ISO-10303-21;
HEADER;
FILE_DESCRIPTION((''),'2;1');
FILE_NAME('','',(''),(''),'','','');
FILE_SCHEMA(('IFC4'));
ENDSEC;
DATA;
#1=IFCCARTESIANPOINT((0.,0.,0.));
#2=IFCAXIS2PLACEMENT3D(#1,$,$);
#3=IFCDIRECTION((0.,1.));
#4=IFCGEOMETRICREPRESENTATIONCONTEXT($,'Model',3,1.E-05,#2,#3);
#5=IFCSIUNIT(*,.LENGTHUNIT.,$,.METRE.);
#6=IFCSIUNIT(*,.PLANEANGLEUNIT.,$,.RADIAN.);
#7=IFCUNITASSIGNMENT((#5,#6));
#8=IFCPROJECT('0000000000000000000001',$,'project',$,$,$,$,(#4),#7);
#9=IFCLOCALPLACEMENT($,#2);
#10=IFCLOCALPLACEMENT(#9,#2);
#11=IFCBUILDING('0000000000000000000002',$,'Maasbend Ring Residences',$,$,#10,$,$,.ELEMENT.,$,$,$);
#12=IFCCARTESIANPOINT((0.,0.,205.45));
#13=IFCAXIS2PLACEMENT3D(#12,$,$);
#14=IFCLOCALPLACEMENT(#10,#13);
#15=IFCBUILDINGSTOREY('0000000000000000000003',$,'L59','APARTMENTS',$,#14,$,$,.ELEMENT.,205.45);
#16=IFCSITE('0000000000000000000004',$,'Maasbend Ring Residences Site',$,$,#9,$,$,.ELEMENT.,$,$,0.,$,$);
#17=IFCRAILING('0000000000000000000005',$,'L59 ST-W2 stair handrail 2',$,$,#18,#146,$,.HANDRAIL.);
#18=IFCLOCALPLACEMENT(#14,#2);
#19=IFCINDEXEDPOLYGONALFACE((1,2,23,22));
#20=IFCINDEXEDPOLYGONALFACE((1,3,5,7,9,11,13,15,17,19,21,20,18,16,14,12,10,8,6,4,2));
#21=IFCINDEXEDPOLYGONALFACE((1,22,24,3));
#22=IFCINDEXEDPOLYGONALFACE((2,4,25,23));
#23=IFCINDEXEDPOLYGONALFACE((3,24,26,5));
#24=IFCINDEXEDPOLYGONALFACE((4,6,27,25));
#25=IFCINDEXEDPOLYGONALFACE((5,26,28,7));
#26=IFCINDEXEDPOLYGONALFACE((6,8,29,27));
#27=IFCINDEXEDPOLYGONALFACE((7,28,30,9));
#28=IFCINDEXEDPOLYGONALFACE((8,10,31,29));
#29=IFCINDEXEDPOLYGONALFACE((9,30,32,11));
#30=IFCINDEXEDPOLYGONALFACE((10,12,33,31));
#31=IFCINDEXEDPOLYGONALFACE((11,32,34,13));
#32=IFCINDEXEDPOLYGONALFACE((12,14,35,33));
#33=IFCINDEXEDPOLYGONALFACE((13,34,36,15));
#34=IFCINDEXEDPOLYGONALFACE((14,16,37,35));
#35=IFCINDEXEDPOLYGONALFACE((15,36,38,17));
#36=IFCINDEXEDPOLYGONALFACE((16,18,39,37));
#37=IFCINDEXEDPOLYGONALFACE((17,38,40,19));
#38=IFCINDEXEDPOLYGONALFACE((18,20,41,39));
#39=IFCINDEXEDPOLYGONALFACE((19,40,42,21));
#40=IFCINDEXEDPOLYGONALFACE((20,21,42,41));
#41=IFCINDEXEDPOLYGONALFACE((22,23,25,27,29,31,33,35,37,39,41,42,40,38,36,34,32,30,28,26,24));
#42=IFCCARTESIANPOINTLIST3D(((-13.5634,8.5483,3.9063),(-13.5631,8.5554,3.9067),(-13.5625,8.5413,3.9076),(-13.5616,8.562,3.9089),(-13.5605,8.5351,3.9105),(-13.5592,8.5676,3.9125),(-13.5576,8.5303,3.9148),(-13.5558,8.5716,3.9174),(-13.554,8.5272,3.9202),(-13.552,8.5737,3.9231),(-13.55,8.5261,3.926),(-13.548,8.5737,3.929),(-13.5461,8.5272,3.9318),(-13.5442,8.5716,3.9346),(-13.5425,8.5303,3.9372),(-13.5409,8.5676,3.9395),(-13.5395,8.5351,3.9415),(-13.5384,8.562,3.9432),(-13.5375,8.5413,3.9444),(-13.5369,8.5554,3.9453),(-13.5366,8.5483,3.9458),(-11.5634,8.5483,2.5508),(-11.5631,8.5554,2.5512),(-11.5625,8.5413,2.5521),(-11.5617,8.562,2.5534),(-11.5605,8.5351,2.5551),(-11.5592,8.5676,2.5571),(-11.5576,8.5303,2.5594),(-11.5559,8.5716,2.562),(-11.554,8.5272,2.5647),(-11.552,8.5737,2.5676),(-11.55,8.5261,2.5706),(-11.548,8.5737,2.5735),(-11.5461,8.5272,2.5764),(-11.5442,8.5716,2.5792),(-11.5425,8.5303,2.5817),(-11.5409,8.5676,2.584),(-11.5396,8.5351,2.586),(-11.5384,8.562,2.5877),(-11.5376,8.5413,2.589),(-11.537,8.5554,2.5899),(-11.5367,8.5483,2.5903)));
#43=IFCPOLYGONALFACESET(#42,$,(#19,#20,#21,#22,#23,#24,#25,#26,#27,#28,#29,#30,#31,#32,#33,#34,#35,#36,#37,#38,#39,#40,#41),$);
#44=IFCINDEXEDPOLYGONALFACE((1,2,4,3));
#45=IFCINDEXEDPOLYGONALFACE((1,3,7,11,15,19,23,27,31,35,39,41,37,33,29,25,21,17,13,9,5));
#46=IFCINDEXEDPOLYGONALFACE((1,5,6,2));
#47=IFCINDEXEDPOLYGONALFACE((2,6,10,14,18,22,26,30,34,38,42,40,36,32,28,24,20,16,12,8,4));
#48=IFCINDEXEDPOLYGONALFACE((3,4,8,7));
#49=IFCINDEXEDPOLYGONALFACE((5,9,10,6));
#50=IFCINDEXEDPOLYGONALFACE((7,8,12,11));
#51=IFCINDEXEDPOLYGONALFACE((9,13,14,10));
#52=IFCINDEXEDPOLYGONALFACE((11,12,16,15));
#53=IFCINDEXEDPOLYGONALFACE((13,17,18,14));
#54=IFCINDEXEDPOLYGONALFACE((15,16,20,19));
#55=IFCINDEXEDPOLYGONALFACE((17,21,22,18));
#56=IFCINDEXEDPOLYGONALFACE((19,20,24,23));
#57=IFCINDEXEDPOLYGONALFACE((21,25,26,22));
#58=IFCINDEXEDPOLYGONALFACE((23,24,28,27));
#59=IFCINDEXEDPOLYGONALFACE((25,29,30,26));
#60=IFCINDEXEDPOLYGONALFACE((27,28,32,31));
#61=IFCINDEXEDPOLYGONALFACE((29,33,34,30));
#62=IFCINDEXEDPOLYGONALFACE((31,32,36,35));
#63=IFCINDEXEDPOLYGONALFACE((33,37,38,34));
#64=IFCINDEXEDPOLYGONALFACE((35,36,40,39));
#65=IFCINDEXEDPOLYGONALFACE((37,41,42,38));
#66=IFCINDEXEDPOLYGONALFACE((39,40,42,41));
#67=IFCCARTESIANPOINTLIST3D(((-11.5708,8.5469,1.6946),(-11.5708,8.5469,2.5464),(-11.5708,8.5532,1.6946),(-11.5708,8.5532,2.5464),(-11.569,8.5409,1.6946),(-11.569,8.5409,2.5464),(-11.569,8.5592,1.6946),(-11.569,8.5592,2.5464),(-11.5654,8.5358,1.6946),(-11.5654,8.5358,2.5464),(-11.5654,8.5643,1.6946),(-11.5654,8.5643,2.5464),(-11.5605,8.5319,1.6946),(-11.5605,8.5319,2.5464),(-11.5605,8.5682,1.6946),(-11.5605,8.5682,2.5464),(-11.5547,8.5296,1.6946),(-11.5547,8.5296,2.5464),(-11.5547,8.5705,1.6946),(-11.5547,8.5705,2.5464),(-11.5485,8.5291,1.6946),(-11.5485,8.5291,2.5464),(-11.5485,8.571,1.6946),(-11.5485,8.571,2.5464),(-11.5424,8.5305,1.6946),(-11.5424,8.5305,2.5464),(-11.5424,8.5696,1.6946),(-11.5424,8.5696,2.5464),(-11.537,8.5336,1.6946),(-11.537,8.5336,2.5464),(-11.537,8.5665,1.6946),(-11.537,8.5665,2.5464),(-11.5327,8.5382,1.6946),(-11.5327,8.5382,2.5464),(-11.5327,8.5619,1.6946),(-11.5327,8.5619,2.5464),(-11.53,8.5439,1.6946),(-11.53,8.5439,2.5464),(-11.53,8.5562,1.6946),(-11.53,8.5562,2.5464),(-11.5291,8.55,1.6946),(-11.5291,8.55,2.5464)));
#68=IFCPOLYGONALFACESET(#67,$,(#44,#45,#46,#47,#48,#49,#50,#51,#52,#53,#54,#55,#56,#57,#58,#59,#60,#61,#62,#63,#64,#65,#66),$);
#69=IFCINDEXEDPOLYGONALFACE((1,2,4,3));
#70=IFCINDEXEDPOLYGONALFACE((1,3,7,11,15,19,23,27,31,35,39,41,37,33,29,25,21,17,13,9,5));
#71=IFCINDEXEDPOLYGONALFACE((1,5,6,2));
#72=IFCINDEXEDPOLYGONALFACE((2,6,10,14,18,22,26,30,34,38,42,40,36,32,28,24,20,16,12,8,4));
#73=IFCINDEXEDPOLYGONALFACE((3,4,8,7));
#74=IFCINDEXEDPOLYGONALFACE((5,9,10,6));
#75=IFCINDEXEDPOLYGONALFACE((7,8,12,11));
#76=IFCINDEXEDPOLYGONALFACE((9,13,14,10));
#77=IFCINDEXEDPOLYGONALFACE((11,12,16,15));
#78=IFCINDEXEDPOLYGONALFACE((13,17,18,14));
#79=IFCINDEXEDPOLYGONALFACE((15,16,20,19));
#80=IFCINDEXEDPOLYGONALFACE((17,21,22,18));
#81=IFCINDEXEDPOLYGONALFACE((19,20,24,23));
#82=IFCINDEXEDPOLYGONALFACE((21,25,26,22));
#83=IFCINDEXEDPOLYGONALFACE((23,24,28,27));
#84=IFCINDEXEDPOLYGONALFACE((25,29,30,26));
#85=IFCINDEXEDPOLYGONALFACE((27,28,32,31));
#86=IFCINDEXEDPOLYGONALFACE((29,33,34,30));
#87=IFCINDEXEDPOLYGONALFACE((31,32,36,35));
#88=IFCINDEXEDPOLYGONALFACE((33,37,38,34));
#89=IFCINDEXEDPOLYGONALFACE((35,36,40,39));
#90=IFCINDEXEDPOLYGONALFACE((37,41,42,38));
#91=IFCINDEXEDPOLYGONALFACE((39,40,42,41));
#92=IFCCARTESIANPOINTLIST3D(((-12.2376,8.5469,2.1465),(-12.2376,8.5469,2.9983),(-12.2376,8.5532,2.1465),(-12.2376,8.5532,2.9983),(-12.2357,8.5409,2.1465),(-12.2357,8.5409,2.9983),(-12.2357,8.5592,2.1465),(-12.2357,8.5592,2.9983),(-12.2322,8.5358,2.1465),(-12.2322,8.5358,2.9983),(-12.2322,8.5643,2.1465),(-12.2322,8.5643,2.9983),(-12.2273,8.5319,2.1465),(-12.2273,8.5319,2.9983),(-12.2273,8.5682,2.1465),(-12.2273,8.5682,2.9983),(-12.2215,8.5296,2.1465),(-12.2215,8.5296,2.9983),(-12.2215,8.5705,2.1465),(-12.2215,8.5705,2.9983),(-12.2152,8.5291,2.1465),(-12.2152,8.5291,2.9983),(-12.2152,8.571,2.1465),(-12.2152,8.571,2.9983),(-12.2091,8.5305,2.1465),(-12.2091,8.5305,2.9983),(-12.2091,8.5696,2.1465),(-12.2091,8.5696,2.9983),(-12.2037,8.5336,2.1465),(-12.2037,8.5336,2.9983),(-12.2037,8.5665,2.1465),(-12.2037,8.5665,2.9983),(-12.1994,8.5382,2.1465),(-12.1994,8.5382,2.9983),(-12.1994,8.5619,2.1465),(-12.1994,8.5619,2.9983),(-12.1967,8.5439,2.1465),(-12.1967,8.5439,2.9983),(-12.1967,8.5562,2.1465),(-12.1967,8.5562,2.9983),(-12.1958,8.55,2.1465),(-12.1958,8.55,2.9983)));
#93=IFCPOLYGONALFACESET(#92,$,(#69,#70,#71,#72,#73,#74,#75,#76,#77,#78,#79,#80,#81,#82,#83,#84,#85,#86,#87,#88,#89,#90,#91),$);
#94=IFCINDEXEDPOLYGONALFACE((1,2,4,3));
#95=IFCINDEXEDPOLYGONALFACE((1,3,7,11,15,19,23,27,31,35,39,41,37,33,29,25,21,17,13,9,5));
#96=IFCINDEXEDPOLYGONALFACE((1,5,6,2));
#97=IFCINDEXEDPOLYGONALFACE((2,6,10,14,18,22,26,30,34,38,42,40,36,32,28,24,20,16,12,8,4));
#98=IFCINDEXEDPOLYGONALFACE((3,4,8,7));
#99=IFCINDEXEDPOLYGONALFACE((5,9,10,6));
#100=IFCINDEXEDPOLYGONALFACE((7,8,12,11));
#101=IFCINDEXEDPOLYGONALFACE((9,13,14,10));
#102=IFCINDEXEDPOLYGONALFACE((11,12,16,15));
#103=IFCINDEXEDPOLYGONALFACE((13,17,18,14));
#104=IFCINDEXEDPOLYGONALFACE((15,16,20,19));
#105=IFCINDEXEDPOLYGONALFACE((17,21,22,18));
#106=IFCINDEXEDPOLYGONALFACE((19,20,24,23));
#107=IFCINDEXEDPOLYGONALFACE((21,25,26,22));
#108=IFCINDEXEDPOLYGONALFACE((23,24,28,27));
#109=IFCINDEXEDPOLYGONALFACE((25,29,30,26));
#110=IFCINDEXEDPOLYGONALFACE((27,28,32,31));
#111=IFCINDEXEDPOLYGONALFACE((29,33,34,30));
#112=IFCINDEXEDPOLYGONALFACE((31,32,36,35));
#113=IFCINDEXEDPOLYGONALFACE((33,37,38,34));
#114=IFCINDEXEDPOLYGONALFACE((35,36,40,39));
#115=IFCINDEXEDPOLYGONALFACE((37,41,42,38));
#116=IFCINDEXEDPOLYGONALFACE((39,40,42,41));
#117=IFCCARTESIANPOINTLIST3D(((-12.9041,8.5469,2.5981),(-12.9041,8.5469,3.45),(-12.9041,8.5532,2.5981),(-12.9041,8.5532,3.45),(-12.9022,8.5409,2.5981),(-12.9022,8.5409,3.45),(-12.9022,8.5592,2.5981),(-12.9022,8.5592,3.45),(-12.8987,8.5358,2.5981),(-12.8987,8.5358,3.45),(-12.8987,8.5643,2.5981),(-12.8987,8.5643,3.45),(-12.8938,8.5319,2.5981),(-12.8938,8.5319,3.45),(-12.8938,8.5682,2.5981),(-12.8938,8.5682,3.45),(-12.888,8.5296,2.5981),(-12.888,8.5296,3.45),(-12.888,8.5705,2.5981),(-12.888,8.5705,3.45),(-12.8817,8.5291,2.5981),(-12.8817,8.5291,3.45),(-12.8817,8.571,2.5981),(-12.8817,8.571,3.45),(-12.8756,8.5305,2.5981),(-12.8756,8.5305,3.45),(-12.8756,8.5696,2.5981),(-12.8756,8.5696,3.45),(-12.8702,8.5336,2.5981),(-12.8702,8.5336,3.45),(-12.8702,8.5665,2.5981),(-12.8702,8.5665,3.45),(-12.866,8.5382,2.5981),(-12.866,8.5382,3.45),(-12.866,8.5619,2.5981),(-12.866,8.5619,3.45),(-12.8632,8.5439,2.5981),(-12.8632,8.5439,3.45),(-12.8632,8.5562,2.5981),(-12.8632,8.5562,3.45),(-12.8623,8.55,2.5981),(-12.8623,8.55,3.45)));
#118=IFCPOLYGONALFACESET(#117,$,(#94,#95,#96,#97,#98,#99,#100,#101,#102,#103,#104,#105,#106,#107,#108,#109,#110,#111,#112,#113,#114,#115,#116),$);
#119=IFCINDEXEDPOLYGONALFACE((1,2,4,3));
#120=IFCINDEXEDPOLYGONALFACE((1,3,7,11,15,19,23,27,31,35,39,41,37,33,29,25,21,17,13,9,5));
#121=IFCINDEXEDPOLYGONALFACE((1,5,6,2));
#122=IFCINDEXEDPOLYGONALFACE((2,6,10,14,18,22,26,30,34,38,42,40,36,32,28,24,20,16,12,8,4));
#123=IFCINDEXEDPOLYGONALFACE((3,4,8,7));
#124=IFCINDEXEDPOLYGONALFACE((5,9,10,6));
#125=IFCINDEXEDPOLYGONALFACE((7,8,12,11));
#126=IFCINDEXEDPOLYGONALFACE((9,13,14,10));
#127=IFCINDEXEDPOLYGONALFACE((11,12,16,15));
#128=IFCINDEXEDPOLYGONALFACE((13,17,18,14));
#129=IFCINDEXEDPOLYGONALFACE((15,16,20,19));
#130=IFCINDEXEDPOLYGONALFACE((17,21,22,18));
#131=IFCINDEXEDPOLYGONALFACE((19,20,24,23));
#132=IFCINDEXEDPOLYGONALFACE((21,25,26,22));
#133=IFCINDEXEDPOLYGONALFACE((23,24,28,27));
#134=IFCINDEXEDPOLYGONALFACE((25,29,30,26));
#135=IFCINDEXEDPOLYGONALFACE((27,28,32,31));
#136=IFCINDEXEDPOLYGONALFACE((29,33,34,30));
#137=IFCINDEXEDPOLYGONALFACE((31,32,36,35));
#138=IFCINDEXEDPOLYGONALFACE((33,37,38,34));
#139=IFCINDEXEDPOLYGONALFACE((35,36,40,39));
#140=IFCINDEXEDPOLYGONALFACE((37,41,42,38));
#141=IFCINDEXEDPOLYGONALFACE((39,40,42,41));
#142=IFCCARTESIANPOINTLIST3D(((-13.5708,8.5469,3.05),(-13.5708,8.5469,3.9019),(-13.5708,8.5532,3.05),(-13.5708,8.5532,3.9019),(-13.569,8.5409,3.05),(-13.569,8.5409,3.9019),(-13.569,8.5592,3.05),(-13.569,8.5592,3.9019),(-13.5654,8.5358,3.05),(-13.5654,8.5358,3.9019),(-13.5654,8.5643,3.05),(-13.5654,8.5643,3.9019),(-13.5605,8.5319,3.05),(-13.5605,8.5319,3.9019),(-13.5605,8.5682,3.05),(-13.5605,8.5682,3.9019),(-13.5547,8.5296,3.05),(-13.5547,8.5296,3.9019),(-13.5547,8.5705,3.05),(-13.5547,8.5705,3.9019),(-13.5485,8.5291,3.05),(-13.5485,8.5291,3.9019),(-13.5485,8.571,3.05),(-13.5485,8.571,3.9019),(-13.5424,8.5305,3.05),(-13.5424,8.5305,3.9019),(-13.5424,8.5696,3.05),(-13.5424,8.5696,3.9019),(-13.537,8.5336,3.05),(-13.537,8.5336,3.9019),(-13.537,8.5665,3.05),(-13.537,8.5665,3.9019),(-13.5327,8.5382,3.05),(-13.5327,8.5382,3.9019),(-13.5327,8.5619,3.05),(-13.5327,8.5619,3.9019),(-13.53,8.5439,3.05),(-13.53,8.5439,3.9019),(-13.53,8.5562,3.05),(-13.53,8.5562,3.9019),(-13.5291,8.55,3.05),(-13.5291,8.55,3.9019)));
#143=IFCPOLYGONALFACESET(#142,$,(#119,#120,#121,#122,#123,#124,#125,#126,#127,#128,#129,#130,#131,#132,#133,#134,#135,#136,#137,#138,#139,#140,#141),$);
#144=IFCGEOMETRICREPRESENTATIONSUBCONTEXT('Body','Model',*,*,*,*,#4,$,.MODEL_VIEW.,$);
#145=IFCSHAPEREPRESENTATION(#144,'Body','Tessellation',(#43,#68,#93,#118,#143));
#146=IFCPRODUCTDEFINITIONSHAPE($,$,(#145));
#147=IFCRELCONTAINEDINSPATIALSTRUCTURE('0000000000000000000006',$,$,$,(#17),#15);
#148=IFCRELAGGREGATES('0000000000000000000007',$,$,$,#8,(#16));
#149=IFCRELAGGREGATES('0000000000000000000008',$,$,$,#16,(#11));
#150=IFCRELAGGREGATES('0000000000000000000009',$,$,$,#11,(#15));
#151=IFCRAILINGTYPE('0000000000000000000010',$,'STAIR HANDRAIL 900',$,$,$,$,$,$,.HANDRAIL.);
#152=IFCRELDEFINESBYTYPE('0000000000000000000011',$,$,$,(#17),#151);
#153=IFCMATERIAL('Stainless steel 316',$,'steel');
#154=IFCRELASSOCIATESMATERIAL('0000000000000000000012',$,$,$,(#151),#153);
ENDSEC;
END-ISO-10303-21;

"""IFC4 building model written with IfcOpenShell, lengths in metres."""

from ifc_helpers import new_model, si_unit, direction, frame, origin, origin_2d, place, context, subcontext, project, spatial, circle, extrude, material, type_object, element, save


model = new_model("IFC4")

# Units and contexts
model_context = context("Model", 3, precision=1e-05, world=origin(), true_north=direction((0.0, 1.0)))
body_context = subcontext(model_context, "Body", "Model", "MODEL_VIEW")
ifc_project = project(units=[si_unit("LENGTHUNIT", "METRE"), si_unit("PLANEANGLEUNIT", "RADIAN")], contexts=[model_context])

# Site, building, storey
site_placement = place(None, origin())
site = spatial("IfcSite", under=ifc_project, at=site_placement, Name="Maasbend Ring Residences Site", CompositionType="ELEMENT", RefElevation=0.0)
building_placement = place(site_placement, origin())
building = spatial("IfcBuilding", under=site, at=building_placement, Name="Maasbend Ring Residences", CompositionType="ELEMENT")
storey_placement = place(building_placement, frame((0.0, 0.0, 205.45)))
storey = spatial("IfcBuildingStorey", under=building, at=storey_placement, Name="L59", Description="APARTMENTS", CompositionType="ELEMENT", Elevation=205.45)

# Railing
ifc_material_1 = material(Name="Stainless steel 316", Category="steel")
railing_type = type_object("IfcRailingType", Name="STAIR HANDRAIL 900", PredefinedType="HANDRAIL", material=ifc_material_1)
railing_1_placement = place(storey_placement, frame((-11.55, 8.55, 1.6946)))
element("IfcRailing", 1, at=railing_1_placement, inside=storey, type_object=railing_type, Name="L59 ST-W2 stair handrail 2", PredefinedType="HANDRAIL", context=body_context, shape_type="SweptSolid", body=[
    extrude(circle(Radius=0.0239, at=origin_2d()), frame((0.0, 0.0, 0.876), z_axis=(-0.827798, 0.0, 0.561027), x_axis=(0.0, -1.0, 0.0)), (0.0, 0.0, 1.0), 2.416),
    extrude(circle(Radius=0.021, at=origin_2d()), origin(), (0.0, 0.0, 1.0), 0.8518),
    extrude(circle(Radius=0.021, at=origin_2d()), frame((-0.6667, 0.0, 0.4519)), (0.0, 0.0, 1.0), 0.8518),
    extrude(circle(Radius=0.021, at=origin_2d()), frame((-1.3333, 0.0, 0.9036)), (0.0, 0.0, 1.0), 0.8518),
    extrude(circle(Radius=0.021, at=origin_2d()), frame((-2.0, 0.0, 1.3555)), (0.0, 0.0, 1.0), 0.8518),
])

save(model, "model.ifc")
